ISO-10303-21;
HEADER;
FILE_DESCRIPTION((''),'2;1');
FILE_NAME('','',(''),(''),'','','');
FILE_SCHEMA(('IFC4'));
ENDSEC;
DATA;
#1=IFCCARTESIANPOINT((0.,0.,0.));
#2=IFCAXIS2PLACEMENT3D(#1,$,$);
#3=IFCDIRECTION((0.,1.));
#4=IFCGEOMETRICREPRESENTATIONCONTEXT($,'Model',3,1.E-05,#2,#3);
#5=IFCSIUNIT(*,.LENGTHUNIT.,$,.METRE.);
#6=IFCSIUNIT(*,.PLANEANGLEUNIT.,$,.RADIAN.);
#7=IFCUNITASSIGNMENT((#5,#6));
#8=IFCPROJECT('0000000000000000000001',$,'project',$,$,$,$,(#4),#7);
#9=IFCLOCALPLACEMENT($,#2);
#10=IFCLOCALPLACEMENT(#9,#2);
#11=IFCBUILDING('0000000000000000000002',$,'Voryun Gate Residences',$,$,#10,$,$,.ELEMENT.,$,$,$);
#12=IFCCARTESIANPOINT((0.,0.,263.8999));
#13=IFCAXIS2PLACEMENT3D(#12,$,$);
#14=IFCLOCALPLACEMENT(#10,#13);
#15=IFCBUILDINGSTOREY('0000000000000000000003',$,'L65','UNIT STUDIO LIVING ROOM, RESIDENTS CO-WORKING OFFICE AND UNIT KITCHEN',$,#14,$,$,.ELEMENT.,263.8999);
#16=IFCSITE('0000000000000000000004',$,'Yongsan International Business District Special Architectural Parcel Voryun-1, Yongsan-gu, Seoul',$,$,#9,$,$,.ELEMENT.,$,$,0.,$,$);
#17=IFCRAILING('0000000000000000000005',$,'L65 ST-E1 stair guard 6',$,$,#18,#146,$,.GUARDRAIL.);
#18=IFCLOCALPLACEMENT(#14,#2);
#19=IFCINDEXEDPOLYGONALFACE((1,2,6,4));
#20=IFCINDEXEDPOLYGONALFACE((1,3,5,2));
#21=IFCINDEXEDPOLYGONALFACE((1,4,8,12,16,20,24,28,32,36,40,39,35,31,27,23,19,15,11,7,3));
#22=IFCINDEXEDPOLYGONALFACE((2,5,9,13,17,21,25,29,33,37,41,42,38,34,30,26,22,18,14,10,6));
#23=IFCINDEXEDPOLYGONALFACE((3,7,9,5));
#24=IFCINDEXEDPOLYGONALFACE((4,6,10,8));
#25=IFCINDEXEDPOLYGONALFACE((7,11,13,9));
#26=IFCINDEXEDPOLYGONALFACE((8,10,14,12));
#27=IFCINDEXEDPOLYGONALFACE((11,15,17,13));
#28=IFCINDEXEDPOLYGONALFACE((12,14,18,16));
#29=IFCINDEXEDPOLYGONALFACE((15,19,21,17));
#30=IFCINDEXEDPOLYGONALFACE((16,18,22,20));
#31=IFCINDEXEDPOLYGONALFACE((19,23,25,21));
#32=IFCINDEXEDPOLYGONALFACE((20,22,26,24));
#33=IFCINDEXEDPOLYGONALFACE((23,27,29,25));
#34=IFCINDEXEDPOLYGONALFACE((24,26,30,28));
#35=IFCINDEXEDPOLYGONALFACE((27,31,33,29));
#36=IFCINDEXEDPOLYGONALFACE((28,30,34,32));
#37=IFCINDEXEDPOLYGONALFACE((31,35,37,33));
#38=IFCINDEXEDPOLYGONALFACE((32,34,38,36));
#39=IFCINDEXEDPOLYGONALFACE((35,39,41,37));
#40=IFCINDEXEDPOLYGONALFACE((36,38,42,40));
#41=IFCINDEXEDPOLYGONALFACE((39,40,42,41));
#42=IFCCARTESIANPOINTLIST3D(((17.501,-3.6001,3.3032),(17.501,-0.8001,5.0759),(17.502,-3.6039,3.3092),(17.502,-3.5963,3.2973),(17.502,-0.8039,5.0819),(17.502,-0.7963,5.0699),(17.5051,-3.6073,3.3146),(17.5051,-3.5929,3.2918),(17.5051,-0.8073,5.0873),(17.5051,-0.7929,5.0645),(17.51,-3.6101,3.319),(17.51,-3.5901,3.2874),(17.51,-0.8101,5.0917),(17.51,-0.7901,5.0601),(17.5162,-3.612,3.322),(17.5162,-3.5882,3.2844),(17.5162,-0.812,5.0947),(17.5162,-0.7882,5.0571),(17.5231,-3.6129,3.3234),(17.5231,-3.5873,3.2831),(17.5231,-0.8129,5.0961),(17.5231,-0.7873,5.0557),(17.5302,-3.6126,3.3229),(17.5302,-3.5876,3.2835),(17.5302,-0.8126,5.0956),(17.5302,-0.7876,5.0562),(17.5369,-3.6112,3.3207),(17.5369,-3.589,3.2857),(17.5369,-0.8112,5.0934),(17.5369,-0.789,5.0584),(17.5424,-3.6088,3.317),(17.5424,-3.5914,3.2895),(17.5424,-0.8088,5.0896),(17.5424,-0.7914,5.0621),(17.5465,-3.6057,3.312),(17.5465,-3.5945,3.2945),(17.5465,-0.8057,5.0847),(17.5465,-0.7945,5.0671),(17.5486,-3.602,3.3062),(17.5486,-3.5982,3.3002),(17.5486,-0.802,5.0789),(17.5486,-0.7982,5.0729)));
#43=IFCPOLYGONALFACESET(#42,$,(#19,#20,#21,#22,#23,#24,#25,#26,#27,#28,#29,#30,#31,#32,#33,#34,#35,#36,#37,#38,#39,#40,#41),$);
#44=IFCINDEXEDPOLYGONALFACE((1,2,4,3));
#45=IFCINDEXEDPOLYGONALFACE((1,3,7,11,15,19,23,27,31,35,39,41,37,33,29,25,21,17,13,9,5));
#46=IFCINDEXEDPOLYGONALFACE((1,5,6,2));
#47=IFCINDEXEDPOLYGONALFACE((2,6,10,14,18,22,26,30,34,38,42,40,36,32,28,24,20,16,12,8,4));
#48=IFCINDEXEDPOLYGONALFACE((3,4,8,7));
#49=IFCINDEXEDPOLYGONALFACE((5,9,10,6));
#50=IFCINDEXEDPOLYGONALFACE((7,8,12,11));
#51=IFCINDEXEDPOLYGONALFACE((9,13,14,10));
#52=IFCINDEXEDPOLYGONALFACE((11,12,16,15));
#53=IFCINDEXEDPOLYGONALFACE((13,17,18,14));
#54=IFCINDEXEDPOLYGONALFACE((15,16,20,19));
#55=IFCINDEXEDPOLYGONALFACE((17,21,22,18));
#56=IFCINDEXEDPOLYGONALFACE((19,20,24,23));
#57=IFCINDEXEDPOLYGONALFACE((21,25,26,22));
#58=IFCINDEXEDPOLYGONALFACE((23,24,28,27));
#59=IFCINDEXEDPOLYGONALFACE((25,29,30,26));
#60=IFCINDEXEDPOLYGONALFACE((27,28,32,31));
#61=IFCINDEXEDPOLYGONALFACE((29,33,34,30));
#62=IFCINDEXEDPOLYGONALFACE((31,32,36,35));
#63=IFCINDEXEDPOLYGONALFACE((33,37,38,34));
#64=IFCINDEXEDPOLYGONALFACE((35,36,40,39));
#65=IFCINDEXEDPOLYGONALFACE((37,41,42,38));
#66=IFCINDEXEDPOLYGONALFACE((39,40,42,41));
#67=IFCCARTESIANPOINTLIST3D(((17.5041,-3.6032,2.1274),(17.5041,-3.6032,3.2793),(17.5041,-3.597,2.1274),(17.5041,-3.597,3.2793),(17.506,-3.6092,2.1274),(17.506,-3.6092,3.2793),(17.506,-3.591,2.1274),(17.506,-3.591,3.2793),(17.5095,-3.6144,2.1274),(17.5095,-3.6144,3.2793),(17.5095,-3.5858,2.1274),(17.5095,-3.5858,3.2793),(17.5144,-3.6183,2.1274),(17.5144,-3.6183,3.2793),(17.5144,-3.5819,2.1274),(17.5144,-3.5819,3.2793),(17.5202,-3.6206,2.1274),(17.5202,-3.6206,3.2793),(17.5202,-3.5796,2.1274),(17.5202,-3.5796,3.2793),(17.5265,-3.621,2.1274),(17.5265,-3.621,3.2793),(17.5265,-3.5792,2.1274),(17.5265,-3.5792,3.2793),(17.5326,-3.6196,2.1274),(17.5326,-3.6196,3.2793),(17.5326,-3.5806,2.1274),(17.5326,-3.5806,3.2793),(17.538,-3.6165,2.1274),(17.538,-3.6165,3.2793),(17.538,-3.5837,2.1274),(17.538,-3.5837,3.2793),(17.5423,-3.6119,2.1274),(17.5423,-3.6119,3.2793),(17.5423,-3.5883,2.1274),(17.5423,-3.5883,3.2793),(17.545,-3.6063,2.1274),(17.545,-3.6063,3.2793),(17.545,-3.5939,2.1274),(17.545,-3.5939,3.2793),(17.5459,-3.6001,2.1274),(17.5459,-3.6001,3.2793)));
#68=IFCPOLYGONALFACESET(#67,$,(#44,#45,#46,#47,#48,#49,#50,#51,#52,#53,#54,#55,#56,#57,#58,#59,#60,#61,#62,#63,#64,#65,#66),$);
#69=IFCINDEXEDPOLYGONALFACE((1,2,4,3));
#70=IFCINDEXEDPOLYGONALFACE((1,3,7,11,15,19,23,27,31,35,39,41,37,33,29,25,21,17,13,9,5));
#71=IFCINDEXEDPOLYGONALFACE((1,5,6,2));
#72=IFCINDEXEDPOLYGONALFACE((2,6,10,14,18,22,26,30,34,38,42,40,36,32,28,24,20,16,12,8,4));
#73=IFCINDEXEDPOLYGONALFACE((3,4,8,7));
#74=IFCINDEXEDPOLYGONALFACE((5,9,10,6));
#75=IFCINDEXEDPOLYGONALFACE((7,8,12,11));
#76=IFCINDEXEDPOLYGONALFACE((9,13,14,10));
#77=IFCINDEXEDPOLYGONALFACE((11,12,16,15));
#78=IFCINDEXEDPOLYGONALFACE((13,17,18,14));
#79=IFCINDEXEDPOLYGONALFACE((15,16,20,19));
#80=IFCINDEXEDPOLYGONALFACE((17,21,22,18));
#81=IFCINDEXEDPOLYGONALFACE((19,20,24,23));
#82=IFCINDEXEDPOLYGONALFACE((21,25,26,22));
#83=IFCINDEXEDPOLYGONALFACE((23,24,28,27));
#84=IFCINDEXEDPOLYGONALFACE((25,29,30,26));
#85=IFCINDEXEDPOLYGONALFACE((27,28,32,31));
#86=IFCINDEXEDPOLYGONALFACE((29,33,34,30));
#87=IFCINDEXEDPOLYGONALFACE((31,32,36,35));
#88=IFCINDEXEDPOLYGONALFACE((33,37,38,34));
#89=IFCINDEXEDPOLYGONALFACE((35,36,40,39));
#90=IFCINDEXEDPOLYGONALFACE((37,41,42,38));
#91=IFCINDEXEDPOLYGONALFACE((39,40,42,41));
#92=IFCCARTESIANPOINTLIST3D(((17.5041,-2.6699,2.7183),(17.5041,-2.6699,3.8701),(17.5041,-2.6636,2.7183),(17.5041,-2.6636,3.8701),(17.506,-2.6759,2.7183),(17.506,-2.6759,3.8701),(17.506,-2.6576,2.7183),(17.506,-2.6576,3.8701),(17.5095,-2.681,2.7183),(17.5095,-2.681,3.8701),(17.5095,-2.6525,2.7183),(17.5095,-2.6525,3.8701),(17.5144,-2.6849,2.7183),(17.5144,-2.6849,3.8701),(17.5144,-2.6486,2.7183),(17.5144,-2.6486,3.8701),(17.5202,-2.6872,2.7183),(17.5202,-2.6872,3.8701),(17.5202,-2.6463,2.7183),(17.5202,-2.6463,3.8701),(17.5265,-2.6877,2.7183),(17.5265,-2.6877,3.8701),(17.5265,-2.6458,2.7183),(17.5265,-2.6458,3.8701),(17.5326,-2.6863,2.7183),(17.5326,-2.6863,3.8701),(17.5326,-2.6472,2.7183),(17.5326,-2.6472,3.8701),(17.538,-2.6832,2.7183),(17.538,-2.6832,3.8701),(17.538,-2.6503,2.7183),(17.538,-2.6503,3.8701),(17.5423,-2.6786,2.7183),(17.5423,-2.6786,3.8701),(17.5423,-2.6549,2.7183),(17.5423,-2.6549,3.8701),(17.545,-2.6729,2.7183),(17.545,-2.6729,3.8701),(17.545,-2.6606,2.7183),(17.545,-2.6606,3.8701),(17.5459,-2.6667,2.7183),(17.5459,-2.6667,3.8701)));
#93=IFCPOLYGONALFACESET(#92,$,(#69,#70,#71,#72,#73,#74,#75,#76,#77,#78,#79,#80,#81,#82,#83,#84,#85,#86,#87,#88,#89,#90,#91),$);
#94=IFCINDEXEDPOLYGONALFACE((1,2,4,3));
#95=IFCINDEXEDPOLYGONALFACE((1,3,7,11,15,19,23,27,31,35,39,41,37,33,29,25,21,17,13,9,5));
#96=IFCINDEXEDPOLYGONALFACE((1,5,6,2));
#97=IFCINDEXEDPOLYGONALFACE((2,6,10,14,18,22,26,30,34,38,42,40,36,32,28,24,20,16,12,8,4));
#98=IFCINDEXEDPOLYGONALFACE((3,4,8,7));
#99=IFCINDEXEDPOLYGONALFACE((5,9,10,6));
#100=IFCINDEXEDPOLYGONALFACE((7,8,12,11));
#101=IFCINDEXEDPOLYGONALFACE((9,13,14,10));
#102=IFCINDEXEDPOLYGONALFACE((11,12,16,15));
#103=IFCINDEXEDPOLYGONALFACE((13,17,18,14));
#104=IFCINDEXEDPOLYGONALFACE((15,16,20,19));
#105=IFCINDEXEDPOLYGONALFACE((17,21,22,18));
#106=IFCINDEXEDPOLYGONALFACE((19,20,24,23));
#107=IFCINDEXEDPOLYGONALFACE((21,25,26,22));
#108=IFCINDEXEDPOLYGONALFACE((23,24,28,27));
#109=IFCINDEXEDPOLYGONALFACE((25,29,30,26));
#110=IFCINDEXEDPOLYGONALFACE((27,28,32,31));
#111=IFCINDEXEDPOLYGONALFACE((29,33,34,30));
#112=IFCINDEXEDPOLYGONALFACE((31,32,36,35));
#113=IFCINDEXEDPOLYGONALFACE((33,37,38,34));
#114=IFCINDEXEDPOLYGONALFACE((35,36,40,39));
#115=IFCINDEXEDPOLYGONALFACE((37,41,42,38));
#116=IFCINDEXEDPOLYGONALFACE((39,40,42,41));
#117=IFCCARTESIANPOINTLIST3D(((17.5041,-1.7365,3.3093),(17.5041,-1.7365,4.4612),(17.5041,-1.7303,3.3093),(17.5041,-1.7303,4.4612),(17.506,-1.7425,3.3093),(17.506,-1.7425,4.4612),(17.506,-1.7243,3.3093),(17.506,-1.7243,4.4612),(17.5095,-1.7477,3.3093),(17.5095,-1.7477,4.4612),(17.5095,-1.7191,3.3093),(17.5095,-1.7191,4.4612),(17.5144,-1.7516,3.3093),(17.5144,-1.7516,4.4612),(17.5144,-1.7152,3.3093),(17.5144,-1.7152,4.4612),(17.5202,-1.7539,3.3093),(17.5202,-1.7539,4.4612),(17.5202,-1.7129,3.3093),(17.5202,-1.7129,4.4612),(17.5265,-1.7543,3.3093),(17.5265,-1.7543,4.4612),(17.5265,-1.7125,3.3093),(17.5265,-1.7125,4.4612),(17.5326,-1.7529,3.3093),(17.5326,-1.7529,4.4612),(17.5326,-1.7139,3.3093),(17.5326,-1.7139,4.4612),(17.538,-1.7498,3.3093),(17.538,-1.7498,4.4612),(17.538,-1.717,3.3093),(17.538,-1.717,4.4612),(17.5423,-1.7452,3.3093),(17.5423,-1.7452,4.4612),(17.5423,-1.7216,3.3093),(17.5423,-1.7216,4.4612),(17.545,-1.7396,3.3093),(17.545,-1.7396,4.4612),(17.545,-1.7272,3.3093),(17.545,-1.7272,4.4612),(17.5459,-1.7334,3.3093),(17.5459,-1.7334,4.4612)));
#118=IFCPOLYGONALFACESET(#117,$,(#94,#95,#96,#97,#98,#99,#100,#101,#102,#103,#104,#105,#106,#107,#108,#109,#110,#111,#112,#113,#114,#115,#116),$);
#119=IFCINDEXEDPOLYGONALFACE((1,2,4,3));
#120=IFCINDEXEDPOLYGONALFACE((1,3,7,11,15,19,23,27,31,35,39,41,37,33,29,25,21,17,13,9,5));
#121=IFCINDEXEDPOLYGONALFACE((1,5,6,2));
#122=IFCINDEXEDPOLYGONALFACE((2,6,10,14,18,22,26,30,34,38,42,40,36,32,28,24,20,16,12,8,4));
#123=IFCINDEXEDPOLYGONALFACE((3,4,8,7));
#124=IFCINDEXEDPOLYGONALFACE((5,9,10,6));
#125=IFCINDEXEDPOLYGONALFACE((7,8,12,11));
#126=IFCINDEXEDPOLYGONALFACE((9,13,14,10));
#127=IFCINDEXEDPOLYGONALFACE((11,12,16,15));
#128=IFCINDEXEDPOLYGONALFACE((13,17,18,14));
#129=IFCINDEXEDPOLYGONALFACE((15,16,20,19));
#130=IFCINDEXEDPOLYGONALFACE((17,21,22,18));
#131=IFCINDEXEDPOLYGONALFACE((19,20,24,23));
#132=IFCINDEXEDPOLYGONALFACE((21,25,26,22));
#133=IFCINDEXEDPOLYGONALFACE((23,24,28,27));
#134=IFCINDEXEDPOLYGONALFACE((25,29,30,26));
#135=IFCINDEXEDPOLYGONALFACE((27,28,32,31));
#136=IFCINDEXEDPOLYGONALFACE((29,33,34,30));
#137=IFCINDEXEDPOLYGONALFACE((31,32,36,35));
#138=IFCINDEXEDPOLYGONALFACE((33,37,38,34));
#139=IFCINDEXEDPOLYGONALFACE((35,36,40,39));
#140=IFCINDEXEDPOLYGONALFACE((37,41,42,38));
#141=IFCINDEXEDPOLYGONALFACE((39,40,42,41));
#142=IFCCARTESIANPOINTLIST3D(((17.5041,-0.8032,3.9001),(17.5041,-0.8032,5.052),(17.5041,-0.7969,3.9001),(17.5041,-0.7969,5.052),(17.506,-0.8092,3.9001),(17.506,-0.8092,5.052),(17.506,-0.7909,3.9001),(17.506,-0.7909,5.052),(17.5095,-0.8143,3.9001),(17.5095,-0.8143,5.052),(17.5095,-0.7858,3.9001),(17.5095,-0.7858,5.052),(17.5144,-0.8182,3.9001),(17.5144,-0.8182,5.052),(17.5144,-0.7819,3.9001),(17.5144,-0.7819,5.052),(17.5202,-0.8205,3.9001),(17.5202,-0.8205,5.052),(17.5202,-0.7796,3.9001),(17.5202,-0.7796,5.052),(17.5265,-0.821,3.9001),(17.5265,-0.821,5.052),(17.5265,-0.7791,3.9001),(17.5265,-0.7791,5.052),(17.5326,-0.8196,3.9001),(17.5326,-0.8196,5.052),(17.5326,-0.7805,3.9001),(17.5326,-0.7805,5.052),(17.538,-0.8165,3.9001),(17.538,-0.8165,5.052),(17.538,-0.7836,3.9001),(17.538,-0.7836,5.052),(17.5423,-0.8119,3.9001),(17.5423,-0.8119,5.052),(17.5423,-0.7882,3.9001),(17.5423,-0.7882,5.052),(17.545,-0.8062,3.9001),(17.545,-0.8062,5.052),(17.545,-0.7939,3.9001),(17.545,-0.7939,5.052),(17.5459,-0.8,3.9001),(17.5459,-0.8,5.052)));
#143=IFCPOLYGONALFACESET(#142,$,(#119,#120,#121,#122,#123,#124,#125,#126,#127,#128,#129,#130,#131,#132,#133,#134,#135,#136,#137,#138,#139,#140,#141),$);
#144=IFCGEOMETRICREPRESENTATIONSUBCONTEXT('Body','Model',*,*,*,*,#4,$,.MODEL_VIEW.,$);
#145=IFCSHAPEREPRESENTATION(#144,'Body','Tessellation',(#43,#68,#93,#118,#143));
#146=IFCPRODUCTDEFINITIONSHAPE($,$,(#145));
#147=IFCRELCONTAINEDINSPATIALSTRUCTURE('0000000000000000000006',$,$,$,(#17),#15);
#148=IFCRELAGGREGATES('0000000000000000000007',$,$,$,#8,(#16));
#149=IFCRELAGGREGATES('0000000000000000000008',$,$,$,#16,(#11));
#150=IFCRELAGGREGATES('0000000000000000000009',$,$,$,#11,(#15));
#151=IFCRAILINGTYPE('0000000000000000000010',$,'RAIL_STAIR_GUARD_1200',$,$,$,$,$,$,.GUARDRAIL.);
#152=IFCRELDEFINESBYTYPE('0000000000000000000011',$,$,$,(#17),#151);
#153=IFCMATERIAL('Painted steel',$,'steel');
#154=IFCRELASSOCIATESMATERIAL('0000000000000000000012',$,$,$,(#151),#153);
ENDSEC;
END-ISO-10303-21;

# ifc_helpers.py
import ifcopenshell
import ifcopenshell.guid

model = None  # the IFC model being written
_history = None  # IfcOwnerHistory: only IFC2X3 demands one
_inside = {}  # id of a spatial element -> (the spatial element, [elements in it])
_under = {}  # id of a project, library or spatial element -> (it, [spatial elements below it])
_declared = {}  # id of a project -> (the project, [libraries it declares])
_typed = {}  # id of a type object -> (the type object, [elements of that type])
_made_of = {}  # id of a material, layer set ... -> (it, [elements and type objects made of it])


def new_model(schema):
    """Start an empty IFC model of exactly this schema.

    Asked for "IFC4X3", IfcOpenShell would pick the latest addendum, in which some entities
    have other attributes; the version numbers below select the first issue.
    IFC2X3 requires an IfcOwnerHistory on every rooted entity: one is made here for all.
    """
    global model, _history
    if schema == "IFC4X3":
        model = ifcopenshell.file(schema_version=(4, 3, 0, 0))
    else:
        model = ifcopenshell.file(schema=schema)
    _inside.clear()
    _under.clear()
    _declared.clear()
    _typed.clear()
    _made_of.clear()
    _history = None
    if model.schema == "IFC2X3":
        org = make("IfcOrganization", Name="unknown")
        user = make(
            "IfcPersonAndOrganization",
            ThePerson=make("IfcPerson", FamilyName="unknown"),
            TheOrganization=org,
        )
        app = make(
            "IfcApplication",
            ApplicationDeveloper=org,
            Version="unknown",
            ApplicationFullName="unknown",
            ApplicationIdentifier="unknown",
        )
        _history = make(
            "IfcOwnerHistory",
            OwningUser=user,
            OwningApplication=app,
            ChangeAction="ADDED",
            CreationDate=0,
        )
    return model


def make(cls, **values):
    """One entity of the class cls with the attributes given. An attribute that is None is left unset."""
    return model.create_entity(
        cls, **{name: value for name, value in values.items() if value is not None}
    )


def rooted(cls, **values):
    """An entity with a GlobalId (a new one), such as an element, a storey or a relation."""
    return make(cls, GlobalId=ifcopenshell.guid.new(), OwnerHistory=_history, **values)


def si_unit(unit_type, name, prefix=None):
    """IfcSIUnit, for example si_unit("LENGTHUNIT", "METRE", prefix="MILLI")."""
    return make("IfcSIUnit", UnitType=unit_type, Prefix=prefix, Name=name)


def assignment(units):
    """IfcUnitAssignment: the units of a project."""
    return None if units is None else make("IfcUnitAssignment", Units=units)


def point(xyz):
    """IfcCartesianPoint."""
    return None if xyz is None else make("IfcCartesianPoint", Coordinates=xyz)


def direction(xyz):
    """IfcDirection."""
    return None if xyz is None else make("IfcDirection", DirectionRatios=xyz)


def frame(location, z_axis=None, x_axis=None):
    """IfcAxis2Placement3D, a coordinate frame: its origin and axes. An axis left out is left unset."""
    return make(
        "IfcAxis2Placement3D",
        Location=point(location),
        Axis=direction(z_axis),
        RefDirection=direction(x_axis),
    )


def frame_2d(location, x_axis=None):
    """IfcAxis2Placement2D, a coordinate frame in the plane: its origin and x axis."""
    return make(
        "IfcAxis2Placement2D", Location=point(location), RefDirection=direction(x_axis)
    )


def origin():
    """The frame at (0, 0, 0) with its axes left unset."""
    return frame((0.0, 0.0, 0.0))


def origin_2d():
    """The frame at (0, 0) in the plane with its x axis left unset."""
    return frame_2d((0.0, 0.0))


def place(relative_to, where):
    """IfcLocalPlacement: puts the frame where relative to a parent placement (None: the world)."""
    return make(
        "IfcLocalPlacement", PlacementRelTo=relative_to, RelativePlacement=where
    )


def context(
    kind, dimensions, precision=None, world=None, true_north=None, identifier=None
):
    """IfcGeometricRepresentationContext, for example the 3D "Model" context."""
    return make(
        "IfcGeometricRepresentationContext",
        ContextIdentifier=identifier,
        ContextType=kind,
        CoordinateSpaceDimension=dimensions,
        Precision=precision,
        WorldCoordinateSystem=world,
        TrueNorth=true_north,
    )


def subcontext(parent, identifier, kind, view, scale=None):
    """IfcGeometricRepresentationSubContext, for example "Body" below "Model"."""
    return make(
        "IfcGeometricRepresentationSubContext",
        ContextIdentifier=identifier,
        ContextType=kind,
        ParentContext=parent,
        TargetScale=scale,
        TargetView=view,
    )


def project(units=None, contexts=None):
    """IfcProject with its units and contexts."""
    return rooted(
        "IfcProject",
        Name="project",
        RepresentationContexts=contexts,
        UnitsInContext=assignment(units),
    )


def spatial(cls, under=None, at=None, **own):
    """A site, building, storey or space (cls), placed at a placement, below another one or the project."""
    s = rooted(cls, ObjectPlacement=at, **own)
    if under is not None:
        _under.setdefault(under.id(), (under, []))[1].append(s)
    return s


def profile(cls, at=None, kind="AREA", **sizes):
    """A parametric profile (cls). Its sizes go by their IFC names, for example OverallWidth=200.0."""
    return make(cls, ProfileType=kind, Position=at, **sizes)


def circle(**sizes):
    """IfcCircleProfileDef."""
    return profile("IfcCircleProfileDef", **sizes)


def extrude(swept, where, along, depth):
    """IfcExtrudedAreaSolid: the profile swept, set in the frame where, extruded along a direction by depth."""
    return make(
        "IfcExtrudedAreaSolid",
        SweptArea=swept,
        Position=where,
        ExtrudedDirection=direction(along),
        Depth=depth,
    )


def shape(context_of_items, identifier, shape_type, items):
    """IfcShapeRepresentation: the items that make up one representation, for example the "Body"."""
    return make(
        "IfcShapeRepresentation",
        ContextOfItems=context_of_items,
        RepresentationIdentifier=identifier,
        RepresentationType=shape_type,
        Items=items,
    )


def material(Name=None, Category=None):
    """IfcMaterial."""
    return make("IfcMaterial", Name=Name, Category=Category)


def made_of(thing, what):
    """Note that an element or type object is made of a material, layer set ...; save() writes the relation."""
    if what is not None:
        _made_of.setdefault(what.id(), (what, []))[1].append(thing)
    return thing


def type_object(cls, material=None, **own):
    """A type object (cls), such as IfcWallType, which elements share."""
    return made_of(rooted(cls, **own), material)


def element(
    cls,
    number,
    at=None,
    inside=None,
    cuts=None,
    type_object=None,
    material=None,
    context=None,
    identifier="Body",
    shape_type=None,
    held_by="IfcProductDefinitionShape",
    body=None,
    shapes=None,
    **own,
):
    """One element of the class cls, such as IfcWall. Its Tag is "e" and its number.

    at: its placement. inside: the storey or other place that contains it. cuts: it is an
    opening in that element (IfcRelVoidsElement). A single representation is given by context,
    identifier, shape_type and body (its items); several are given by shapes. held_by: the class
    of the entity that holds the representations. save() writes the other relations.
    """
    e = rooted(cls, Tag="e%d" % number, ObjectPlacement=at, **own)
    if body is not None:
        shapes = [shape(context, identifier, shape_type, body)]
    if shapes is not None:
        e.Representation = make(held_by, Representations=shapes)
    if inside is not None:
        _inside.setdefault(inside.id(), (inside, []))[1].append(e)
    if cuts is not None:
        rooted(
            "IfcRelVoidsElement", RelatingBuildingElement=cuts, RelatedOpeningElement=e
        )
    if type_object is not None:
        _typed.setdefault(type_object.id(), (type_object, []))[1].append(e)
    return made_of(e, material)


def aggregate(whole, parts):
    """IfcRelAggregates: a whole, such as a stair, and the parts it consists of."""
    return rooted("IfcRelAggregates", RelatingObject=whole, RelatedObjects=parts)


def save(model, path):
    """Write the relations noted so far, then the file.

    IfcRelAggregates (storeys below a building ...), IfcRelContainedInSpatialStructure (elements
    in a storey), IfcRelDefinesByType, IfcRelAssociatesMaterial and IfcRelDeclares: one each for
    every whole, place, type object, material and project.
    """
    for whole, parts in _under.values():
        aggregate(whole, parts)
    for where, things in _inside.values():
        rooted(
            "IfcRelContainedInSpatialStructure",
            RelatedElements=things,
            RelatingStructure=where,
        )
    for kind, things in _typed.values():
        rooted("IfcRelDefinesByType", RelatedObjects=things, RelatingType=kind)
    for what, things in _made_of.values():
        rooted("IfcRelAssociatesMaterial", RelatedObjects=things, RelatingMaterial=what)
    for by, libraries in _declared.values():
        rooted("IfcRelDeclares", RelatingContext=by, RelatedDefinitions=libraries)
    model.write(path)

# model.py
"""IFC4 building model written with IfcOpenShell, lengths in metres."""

from ifc_helpers import new_model, si_unit, direction, frame, origin, origin_2d, place, context, subcontext, project, spatial, circle, extrude, material, type_object, element, save


model = new_model("IFC4")

# Units and contexts
model_context = context("Model", 3, precision=1e-05, world=origin(), true_north=direction((0.0, 1.0)))
body_context = subcontext(model_context, "Body", "Model", "MODEL_VIEW")
ifc_project = project(units=[si_unit("LENGTHUNIT", "METRE"), si_unit("PLANEANGLEUNIT", "RADIAN")], contexts=[model_context])

# Site, building, storey
site_placement = place(None, origin())
site = spatial("IfcSite", under=ifc_project, at=site_placement, Name="Yongsan International Business District Special Architectural Parcel Voryun-1, Yongsan-gu, Seoul", CompositionType="ELEMENT", RefElevation=0.0)
building_placement = place(site_placement, origin())
building = spatial("IfcBuilding", under=site, at=building_placement, Name="Voryun Gate Residences", CompositionType="ELEMENT")
storey_placement = place(building_placement, frame((0.0, 0.0, 263.8999)))
storey = spatial("IfcBuildingStorey", under=building, at=storey_placement, Name="L65", Description="UNIT STUDIO LIVING ROOM, RESIDENTS CO-WORKING OFFICE AND UNIT KITCHEN", CompositionType="ELEMENT", Elevation=263.8999)

# Railing
ifc_material_1 = material(Name="Painted steel", Category="steel")
railing_type_1 = type_object("IfcRailingType", Name="RAIL_STAIR_GUARD_1200", PredefinedType="GUARDRAIL", material=ifc_material_1)
railing_1_placement = place(storey_placement, frame((17.5249, -3.6001, 2.1274)))
element("IfcRailing", 1, at=railing_1_placement, inside=storey, type_object=railing_type_1, Name="L65 ST-E1 stair guard 6", PredefinedType="GUARDRAIL", context=body_context, shape_type="SweptSolid", body=[
    extrude(circle(Radius=0.0239, at=origin_2d()), frame((0.0, 0.0, 1.1758), z_axis=(0.0, 0.844909, 0.53491), x_axis=(-1.0, 0.0, 0.0)), (0.0, 0.0, 1.0), 3.314),
    extrude(circle(Radius=0.021, at=origin_2d()), origin(), (0.0, 0.0, 1.0), 1.1519),
    extrude(circle(Radius=0.021, at=origin_2d()), frame((0.0, 0.9333, 0.5908)), (0.0, 0.0, 1.0), 1.1519),
    extrude(circle(Radius=0.021, at=origin_2d()), frame((0.0, 1.8667, 1.1819)), (0.0, 0.0, 1.0), 1.1519),
    extrude(circle(Radius=0.021, at=origin_2d()), frame((0.0, 2.8, 1.7727)), (0.0, 0.0, 1.0), 1.1519),
])

save(model, "model.ifc")
